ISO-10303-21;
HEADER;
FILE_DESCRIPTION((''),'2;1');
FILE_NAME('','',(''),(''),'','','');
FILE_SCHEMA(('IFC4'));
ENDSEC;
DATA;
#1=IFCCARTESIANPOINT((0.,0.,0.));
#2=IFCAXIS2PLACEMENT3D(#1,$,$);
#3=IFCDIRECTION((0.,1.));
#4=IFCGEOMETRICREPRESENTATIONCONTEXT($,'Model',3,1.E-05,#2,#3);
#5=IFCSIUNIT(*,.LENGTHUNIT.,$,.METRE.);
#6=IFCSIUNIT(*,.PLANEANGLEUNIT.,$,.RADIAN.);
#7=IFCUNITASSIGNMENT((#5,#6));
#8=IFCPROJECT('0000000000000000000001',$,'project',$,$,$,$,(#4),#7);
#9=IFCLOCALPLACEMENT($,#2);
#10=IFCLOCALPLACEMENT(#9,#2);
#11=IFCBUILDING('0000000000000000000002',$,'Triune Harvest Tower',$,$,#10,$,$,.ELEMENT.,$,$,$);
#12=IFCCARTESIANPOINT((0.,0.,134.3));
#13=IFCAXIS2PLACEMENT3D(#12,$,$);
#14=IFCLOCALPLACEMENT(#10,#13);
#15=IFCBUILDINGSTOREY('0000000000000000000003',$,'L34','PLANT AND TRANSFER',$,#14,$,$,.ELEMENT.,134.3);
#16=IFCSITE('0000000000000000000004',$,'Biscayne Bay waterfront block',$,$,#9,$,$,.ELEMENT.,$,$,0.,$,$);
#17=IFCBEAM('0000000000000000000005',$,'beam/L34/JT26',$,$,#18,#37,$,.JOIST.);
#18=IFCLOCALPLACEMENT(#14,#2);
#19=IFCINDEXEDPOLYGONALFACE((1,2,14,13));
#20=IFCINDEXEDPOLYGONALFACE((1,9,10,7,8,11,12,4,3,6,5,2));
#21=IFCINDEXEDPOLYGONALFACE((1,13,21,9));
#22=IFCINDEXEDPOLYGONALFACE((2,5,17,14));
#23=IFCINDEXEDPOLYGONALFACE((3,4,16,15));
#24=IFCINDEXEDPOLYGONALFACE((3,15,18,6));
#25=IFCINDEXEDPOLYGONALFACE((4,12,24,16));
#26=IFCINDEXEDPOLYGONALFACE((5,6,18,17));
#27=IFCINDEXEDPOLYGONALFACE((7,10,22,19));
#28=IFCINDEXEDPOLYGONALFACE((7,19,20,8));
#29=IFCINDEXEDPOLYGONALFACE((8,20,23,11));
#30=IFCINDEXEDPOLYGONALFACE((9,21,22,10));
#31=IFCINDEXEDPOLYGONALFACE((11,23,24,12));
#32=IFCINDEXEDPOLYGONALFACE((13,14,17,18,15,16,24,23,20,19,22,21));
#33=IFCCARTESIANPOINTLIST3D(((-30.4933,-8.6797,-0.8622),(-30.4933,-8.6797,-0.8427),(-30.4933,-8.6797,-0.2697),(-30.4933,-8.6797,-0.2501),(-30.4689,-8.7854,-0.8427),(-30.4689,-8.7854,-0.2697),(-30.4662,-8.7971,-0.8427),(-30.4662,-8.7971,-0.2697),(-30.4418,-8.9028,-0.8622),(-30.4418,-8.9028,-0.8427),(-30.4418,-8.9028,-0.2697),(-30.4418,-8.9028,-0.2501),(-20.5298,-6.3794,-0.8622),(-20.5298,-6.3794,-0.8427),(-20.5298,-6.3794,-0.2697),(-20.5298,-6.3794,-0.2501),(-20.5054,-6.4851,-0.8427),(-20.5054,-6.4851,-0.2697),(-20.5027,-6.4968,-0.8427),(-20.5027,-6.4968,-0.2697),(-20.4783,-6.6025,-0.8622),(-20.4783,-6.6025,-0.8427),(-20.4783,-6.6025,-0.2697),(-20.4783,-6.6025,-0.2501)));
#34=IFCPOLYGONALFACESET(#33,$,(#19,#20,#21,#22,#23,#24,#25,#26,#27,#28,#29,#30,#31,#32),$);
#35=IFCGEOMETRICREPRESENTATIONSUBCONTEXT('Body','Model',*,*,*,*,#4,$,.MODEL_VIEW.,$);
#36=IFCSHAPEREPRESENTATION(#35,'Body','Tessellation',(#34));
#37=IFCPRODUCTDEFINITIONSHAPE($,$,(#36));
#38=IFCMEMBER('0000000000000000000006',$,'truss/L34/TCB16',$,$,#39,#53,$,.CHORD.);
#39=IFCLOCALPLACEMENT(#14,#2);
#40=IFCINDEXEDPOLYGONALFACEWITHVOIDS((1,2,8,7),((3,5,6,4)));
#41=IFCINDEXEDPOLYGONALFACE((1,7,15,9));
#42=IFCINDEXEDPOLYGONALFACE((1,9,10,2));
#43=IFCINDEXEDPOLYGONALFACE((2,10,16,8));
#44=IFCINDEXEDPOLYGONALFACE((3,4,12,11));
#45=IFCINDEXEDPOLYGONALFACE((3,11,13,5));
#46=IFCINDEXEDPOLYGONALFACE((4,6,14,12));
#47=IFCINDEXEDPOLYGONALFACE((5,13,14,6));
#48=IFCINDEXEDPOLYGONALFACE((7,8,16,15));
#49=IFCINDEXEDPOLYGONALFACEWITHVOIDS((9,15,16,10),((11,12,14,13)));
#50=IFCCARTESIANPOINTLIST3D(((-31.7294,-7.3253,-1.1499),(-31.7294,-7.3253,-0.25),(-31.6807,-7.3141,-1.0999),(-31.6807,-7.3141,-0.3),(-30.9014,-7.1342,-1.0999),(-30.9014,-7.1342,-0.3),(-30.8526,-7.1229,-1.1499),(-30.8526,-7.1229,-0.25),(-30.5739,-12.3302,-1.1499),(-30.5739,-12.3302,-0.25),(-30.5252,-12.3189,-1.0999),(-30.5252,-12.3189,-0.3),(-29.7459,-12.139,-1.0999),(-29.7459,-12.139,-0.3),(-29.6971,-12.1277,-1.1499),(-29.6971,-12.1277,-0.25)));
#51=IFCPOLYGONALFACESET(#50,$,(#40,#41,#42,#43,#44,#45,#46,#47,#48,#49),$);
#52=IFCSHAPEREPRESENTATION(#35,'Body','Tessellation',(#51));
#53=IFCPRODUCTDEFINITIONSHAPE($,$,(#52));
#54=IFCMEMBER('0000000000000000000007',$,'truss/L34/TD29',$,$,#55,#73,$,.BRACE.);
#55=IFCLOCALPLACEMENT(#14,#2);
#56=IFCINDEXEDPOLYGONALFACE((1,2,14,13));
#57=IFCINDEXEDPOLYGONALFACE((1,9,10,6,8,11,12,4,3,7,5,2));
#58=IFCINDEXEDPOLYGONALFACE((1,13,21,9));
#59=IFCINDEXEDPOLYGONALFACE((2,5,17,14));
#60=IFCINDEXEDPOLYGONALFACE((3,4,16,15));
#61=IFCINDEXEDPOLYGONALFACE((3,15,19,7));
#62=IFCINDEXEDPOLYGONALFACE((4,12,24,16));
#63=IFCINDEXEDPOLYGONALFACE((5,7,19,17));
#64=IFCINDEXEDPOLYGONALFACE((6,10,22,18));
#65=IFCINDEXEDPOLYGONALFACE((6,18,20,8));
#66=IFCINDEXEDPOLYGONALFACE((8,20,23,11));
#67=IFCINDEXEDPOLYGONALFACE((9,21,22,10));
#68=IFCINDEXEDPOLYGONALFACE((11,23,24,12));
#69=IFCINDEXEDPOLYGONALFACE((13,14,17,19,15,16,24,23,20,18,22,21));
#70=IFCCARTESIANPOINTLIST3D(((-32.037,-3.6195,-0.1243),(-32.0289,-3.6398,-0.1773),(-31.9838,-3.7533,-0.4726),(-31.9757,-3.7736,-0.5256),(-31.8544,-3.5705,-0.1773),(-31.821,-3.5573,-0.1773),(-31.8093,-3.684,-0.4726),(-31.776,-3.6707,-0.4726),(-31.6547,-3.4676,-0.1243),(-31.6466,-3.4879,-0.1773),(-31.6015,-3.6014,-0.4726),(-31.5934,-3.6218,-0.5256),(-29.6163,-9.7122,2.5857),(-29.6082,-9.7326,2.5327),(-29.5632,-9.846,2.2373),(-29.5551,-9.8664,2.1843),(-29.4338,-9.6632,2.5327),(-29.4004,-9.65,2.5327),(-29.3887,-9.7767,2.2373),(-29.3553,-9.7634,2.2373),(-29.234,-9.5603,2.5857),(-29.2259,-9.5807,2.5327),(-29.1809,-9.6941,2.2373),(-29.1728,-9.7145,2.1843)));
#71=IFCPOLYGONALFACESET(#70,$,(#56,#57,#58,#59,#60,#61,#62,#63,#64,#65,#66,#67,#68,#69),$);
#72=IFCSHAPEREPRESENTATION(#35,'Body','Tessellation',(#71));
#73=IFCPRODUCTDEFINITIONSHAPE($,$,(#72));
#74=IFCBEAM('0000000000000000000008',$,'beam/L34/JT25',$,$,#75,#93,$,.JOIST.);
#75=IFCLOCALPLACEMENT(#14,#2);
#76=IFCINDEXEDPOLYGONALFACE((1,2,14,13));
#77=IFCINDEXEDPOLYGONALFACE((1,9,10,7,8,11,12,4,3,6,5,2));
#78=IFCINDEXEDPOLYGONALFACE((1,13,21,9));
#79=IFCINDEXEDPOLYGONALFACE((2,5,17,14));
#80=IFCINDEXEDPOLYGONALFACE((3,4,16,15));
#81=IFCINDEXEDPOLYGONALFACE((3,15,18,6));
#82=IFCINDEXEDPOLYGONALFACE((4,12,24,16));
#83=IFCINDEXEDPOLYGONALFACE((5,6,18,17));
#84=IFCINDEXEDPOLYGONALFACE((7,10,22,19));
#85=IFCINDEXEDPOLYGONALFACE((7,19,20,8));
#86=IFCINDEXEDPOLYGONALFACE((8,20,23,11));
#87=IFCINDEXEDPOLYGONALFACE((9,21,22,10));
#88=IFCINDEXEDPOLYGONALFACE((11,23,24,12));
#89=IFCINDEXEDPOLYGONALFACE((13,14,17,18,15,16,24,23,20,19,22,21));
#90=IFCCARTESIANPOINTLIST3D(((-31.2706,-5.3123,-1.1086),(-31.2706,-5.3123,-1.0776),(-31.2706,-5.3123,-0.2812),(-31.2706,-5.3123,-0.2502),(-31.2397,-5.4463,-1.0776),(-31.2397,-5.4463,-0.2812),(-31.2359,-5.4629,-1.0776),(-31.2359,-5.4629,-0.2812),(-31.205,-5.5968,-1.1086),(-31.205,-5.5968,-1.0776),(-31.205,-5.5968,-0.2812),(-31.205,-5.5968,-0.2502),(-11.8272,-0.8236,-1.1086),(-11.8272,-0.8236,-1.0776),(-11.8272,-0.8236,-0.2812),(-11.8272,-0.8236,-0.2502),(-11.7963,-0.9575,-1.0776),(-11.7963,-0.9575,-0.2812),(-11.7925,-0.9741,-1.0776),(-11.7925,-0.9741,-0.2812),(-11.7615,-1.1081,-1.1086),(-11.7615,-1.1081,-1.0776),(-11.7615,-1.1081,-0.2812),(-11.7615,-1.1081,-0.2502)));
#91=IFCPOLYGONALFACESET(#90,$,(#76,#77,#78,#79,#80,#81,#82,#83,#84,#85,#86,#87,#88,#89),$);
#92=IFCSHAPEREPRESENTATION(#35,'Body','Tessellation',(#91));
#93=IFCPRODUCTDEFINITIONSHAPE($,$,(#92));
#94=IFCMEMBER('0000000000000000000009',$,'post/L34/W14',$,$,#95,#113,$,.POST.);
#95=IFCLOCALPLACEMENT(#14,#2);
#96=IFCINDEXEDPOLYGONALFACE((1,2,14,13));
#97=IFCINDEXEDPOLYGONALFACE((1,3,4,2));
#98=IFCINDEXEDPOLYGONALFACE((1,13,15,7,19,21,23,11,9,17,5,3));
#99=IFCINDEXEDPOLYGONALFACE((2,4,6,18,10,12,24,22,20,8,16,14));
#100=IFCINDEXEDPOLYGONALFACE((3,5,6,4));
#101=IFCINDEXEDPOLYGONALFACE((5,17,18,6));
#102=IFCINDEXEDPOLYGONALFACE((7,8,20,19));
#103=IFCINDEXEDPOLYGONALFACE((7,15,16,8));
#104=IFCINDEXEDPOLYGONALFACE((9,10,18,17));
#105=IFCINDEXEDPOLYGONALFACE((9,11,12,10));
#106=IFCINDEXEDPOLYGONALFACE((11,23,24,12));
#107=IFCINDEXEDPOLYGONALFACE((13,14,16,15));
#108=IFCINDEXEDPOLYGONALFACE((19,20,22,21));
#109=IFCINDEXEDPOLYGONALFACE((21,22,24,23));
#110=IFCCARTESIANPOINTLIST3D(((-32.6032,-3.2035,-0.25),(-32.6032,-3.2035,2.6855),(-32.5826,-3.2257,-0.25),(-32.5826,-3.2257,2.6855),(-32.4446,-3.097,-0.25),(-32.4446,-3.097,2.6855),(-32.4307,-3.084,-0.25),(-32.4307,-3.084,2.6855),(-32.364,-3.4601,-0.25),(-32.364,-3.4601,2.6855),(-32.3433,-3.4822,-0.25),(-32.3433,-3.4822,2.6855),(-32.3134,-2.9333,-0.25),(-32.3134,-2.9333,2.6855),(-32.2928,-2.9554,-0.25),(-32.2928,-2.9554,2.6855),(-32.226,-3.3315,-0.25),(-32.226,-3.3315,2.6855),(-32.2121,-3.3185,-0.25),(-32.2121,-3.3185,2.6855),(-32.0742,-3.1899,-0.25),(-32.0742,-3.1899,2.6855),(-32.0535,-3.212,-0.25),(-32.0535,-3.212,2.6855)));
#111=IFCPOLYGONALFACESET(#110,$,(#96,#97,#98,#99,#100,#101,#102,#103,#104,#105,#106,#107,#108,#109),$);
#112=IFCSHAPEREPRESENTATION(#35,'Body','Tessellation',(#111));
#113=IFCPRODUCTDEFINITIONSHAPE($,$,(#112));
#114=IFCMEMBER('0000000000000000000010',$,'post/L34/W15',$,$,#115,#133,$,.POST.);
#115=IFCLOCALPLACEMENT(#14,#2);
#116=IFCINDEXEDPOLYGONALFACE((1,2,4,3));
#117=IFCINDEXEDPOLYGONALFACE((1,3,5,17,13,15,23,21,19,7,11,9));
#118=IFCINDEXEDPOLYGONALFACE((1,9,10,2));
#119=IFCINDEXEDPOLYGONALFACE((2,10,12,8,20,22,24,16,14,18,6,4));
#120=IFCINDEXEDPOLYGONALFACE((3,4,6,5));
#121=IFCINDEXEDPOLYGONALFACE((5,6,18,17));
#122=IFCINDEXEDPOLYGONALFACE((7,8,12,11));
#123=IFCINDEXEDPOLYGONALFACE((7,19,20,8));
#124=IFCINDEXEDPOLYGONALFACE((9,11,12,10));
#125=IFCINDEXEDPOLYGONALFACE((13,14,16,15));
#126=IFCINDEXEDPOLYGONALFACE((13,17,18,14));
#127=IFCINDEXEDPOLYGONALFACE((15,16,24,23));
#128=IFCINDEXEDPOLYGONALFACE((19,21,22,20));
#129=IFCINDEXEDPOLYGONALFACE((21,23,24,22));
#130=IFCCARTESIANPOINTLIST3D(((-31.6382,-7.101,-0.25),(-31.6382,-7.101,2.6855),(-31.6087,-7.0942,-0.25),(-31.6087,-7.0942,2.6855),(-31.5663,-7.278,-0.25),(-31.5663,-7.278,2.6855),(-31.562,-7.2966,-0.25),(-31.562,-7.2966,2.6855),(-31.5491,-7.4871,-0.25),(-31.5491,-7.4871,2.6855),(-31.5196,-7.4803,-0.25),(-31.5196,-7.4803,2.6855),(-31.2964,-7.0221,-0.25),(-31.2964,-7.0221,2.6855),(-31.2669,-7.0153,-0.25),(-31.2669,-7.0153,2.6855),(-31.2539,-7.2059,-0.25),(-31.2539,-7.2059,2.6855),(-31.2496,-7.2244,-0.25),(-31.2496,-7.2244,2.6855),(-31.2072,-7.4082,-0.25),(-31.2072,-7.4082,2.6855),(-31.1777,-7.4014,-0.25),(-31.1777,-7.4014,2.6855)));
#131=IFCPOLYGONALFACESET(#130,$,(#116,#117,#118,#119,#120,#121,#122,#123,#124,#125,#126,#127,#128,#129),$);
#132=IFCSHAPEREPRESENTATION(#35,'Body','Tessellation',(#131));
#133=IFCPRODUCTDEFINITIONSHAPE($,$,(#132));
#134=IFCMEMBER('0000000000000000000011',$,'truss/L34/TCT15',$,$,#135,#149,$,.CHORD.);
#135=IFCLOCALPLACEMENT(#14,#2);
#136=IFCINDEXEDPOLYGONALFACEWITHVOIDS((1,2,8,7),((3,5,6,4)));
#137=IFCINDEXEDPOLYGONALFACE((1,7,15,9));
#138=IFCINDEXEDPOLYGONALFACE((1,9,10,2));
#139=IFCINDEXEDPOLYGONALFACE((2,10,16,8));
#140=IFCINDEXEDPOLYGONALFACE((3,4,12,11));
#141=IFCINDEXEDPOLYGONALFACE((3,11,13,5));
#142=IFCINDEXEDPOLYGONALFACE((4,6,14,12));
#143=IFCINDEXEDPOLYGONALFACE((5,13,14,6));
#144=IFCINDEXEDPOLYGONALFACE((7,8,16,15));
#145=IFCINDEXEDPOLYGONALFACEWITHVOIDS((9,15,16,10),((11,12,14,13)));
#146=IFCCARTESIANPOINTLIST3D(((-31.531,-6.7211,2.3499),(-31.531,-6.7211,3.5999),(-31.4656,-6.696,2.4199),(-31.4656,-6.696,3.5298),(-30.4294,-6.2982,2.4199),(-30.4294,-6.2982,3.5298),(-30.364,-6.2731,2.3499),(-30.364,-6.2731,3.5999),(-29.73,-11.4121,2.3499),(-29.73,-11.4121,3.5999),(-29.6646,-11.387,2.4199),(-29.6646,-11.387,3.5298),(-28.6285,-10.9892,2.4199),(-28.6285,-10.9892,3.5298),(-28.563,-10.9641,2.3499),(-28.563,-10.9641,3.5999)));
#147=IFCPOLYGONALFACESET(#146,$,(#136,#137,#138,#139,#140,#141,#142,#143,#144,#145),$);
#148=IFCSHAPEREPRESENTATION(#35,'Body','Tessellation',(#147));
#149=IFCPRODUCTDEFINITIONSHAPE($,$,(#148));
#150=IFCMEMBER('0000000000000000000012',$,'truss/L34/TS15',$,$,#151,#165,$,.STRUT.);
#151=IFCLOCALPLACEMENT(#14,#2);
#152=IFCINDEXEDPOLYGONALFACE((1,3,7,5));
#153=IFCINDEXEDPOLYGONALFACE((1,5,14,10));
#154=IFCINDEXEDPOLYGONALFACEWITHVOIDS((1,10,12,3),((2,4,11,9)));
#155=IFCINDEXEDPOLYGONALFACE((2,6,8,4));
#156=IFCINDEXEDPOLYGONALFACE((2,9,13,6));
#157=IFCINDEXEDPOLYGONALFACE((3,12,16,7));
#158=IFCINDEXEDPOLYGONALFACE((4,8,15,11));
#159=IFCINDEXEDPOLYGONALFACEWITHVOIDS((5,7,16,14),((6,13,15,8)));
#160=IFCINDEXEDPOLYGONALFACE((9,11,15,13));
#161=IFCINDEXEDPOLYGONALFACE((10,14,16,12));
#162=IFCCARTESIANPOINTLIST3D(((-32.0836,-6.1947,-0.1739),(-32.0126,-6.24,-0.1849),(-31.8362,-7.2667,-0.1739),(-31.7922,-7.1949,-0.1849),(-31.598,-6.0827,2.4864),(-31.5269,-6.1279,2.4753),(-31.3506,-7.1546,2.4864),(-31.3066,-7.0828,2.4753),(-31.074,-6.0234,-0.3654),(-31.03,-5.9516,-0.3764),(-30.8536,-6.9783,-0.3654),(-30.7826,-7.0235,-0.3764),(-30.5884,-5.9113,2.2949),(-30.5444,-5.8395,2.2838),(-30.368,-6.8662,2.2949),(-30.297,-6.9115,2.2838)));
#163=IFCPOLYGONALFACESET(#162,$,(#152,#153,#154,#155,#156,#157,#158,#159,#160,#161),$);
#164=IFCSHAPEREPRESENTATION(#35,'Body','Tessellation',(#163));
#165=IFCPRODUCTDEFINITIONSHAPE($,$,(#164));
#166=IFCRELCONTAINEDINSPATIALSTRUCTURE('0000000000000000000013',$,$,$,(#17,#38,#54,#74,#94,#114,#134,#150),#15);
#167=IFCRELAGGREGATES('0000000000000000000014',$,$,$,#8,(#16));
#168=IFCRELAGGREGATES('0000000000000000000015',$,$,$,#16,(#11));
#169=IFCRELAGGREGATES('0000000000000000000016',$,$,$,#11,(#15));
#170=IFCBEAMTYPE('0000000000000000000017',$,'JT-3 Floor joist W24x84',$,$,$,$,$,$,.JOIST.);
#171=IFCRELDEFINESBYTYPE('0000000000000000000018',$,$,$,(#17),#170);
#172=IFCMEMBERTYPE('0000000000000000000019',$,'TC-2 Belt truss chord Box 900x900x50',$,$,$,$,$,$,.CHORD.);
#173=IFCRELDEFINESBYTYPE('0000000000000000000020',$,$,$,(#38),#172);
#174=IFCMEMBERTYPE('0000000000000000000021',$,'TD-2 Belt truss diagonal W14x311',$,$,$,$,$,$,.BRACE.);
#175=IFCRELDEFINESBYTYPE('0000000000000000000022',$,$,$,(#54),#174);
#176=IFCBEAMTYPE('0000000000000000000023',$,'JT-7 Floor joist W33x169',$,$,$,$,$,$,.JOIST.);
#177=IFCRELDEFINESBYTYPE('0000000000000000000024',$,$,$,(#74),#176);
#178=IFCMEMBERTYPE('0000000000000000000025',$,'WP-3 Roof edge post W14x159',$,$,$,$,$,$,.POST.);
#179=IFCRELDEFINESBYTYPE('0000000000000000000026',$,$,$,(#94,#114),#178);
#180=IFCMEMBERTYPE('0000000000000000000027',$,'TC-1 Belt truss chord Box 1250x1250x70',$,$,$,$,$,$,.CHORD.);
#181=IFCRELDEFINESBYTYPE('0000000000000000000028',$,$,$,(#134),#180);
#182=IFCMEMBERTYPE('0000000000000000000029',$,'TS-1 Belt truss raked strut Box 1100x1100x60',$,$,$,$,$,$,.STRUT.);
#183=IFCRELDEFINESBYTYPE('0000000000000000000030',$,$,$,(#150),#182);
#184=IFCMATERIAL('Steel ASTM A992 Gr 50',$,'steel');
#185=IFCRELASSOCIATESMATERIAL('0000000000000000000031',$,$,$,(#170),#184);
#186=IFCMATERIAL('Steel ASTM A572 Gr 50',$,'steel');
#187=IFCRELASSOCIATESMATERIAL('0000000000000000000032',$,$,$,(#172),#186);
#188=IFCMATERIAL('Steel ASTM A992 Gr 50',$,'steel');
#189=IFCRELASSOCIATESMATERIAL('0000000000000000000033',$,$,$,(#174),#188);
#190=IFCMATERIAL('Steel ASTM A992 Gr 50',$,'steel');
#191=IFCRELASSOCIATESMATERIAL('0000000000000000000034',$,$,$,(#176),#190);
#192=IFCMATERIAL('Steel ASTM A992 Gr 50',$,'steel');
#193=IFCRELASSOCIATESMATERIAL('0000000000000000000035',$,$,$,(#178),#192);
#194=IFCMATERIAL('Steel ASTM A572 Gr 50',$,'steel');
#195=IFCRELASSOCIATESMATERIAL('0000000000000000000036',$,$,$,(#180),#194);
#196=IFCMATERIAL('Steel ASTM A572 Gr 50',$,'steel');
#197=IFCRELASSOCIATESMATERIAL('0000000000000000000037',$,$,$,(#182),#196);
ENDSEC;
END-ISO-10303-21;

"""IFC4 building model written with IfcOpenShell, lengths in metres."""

from ifc_helpers import new_model, si_unit, direction, frame, origin, origin_2d, place, context, subcontext, project, spatial, hollow_rectangle, i_section, extrude, source, transform, mapped, material, material_profile, profile_set, type_object, element, save


model = new_model("IFC4")

# Units and contexts
model_context = context("Model", 3, precision=1e-05, world=origin(), true_north=direction((0.0, 1.0)))
body_context = subcontext(model_context, "Body", "Model", "MODEL_VIEW")
ifc_project = project(units=[si_unit("LENGTHUNIT", "METRE"), si_unit("PLANEANGLEUNIT", "RADIAN")], contexts=[model_context])

# Site, building, storey
site_placement = place(None, origin())
site = spatial("IfcSite", under=ifc_project, at=site_placement, Name="Biscayne Bay waterfront block", CompositionType="ELEMENT", RefElevation=0.0)
building_placement = place(site_placement, origin())
building = spatial("IfcBuilding", under=site, at=building_placement, Name="Triune Harvest Tower", CompositionType="ELEMENT")
storey_placement = place(building_placement, frame((0.0, 0.0, 134.3)))
storey = spatial("IfcBuildingStorey", under=building, at=storey_placement, Name="L34", Description="PLANT AND TRANSFER", CompositionType="ELEMENT", Elevation=134.3)

# Beam
ifc_material_1 = material(Name="Steel ASTM A992 Gr 50", Category="steel")
ifc_material_profile_1 = material_profile(ifc_material_1, i_section(OverallWidth=0.229, OverallDepth=0.6121, WebThickness=0.012, FlangeThickness=0.0195, at=origin_2d()), Name="W24x84")
ifc_profile_set_1 = profile_set([ifc_material_profile_1], Name="Steel ASTM A992 Gr 50")
beam_type_1 = type_object("IfcBeamType", Name="JT-3 Floor joist W24x84", PredefinedType="JOIST", material=ifc_profile_set_1)
beam_1_placement = place(storey_placement, frame((-30.4675, -8.7913, -0.5562), z_axis=(0.974369, 0.224957, 0.0), x_axis=(-0.224957, 0.974369, 0.0)))
element("IfcBeam", 1, at=beam_1_placement, inside=storey, type_object=beam_type_1, Name="beam/L34/JT26", PredefinedType="JOIST", context=body_context, shape_type="SweptSolid", body=[
    extrude(i_section(OverallWidth=0.229, OverallDepth=0.6121, WebThickness=0.012, FlangeThickness=0.0195, at=origin_2d()), origin(), (0.0, 0.0, 1.0), 10.2256),
])

# Members
ifc_material_2 = material(Name="Steel ASTM A572 Gr 50", Category="steel")
ifc_material_profile_2 = material_profile(ifc_material_2, hollow_rectangle(XDim=0.8999, YDim=0.8999, WallThickness=0.05, at=origin_2d()), Name="Box 900x900x50")
ifc_profile_set_2 = profile_set([ifc_material_profile_2], Name="Steel ASTM A572 Gr 50")
member_type_1 = type_object("IfcMemberType", Name="TC-2 Belt truss chord Box 900x900x50", PredefinedType="CHORD", material=ifc_profile_set_2)
member_1_placement = place(storey_placement, frame((-31.291, -7.2241, -0.7), z_axis=(0.22496, -0.974368, 0.0), x_axis=(0.974368, 0.22496, 0.0)))
element("IfcMember", 2, at=member_1_placement, inside=storey, type_object=member_type_1, Name="truss/L34/TCB16", PredefinedType="CHORD", context=body_context, shape_type="SweptSolid", body=[
    extrude(hollow_rectangle(XDim=0.8999, YDim=0.8999, WallThickness=0.05, at=origin_2d()), origin(), (0.0, 0.0, 1.0), 5.1365),
])
ifc_material_3 = material(Name="Steel ASTM A992 Gr 50", Category="steel")
ifc_material_profile_3 = material_profile(ifc_material_3, i_section(OverallWidth=0.4114, OverallDepth=0.4343, WebThickness=0.0359, FlangeThickness=0.0574, at=origin_2d()), Name="W14x311")
ifc_profile_set_3 = profile_set([ifc_material_profile_3], Name="Steel ASTM A992 Gr 50")
member_type_2 = type_object("IfcMemberType", Name="TD-2 Belt truss diagonal W14x311", PredefinedType="BRACE", material=ifc_profile_set_3)
member_2_placement = place(storey_placement, frame((-31.8152, -3.6206, -0.325), z_axis=(0.341224, -0.858859, 0.382006), x_axis=(0.92934, 0.369226, 0.0)))
element("IfcMember", 3, at=member_2_placement, inside=storey, type_object=member_type_2, Name="truss/L34/TD29", PredefinedType="BRACE", context=body_context, shape_type="SweptSolid", body=[
    extrude(i_section(OverallWidth=0.4114, OverallDepth=0.4343, WebThickness=0.0359, FlangeThickness=0.0574, at=origin_2d()), origin(), (0.0, 0.0, 1.0), 7.094),
])

# Beam
ifc_material_4 = material(Name="Steel ASTM A992 Gr 50", Category="steel")
ifc_material_profile_4 = material_profile(ifc_material_4, i_section(OverallWidth=0.292, OverallDepth=0.8584, WebThickness=0.0171, FlangeThickness=0.031, at=origin_2d()), Name="W33x169")
ifc_profile_set_4 = profile_set([ifc_material_profile_4], Name="Steel ASTM A992 Gr 50")
beam_type_2 = type_object("IfcBeamType", Name="JT-7 Floor joist W33x169", PredefinedType="JOIST", material=ifc_profile_set_4)
shared_shape_1 = source(origin(), body_context, "Body", "SweptSolid", [
    extrude(i_section(OverallWidth=0.292, OverallDepth=0.8584, WebThickness=0.0171, FlangeThickness=0.031, at=origin_2d()), origin(), (0.0, 0.0, 1.0), 19.9548),
])
beam_2_placement = place(storey_placement, frame((-31.2378, -5.4546, -0.6794), z_axis=(0.974371, 0.224947, 0.0), x_axis=(-0.224947, 0.974371, 0.0)))
element("IfcBeam", 4, at=beam_2_placement, inside=storey, type_object=beam_type_2, Name="beam/L34/JT25", PredefinedType="JOIST", context=body_context, shape_type="MappedRepresentation", body=[
    mapped(shared_shape_1, transform((0.0, 0.0, 0.0), scale=1.0)),
])

# Members
ifc_material_5 = material(Name="Steel ASTM A992 Gr 50", Category="steel")
ifc_material_profile_5 = material_profile(ifc_material_5, i_section(OverallWidth=0.3962, OverallDepth=0.3811, WebThickness=0.019, FlangeThickness=0.0303, at=origin_2d()), Name="W14x159")
ifc_profile_set_5 = profile_set([ifc_material_profile_5], Name="Steel ASTM A992 Gr 50")
member_type_3 = type_object("IfcMemberType", Name="WP-3 Roof edge post W14x159", PredefinedType="POST", material=ifc_profile_set_5)
shared_shape_2 = source(origin(), body_context, "Body", "SweptSolid", [
    extrude(i_section(OverallWidth=0.3962, OverallDepth=0.3811, WebThickness=0.019, FlangeThickness=0.0303, at=origin_2d()), origin(), (0.0, 0.0, 1.0), 2.9355),
])
for number, where, z_axis, x_axis, name in (
    (5, (-32.3284, -3.2078, -0.25), (0.0, 0.0, 1.0), (-0.731355, -0.681997, 0.0), "post/L34/W14"),
    (6, (-31.408, -7.2512, -0.25), (0.0, 0.0, 1.0), (0.224951, -0.97437, 0.0), "post/L34/W15"),
):
    element("IfcMember", number, at=place(storey_placement, frame(where, z_axis=z_axis, x_axis=x_axis)), inside=storey, type_object=member_type_3, Name=name, PredefinedType="POST", context=body_context, shape_type="MappedRepresentation", body=[
        mapped(shared_shape_2, transform((0.0, 0.0, 0.0), scale=1.0)),
    ])
ifc_material_6 = material(Name="Steel ASTM A572 Gr 50", Category="steel")
ifc_material_profile_6 = material_profile(ifc_material_6, hollow_rectangle(XDim=1.25, YDim=1.25, WallThickness=0.0701, at=origin_2d()), Name="Box 1250x1250x70")
ifc_profile_set_6 = profile_set([ifc_material_profile_6], Name="Steel ASTM A572 Gr 50")
member_type_4 = type_object("IfcMemberType", Name="TC-1 Belt truss chord Box 1250x1250x70", PredefinedType="CHORD", material=ifc_profile_set_6)
shared_shape_3 = source(origin(), body_context, "Body", "SweptSolid", [
    extrude(hollow_rectangle(XDim=1.25, YDim=1.25, WallThickness=0.0701, at=origin_2d()), origin(), (0.0, 0.0, 1.0), 5.0249),
])
member_3_placement = place(storey_placement, frame((-30.9475, -6.4971, 2.9749), z_axis=(0.358413, -0.933563, 0.0), x_axis=(0.933563, 0.358413, 0.0)))
element("IfcMember", 7, at=member_3_placement, inside=storey, type_object=member_type_4, Name="truss/L34/TCT15", PredefinedType="CHORD", context=body_context, shape_type="MappedRepresentation", body=[
    mapped(shared_shape_3, transform((0.0, 0.0, 0.0), scale=1.0)),
])
ifc_material_7 = material(Name="Steel ASTM A572 Gr 50", Category="steel")
ifc_material_profile_7 = material_profile(ifc_material_7, hollow_rectangle(XDim=1.1001, YDim=1.1001, WallThickness=0.0601, at=origin_2d()), Name="Box 1100x1100x60")
ifc_profile_set_7 = profile_set([ifc_material_profile_7], Name="Steel ASTM A572 Gr 50")
member_type_5 = type_object("IfcMemberType", Name="TS-1 Belt truss raked strut Box 1100x1100x60", PredefinedType="STRUT", material=ifc_profile_set_7)
shared_shape_4 = source(origin(), body_context, "Body", "SweptSolid", [
    extrude(hollow_rectangle(XDim=1.1001, YDim=1.1001, WallThickness=0.0601, at=origin_2d()), origin(), (0.0, 0.0, 1.0), 2.7065),
])
member_4_placement = place(storey_placement, frame((-31.4331, -6.6091, -0.2751), z_axis=(0.179423, 0.041405, 0.9829), x_axis=(-0.22486, 0.974391, 0.0)))
element("IfcMember", 8, at=member_4_placement, inside=storey, type_object=member_type_5, Name="truss/L34/TS15", PredefinedType="STRUT", context=body_context, shape_type="MappedRepresentation", body=[
    mapped(shared_shape_4, transform((0.0, 0.0, 0.0), scale=1.0)),
])

save(model, "model.ifc")
